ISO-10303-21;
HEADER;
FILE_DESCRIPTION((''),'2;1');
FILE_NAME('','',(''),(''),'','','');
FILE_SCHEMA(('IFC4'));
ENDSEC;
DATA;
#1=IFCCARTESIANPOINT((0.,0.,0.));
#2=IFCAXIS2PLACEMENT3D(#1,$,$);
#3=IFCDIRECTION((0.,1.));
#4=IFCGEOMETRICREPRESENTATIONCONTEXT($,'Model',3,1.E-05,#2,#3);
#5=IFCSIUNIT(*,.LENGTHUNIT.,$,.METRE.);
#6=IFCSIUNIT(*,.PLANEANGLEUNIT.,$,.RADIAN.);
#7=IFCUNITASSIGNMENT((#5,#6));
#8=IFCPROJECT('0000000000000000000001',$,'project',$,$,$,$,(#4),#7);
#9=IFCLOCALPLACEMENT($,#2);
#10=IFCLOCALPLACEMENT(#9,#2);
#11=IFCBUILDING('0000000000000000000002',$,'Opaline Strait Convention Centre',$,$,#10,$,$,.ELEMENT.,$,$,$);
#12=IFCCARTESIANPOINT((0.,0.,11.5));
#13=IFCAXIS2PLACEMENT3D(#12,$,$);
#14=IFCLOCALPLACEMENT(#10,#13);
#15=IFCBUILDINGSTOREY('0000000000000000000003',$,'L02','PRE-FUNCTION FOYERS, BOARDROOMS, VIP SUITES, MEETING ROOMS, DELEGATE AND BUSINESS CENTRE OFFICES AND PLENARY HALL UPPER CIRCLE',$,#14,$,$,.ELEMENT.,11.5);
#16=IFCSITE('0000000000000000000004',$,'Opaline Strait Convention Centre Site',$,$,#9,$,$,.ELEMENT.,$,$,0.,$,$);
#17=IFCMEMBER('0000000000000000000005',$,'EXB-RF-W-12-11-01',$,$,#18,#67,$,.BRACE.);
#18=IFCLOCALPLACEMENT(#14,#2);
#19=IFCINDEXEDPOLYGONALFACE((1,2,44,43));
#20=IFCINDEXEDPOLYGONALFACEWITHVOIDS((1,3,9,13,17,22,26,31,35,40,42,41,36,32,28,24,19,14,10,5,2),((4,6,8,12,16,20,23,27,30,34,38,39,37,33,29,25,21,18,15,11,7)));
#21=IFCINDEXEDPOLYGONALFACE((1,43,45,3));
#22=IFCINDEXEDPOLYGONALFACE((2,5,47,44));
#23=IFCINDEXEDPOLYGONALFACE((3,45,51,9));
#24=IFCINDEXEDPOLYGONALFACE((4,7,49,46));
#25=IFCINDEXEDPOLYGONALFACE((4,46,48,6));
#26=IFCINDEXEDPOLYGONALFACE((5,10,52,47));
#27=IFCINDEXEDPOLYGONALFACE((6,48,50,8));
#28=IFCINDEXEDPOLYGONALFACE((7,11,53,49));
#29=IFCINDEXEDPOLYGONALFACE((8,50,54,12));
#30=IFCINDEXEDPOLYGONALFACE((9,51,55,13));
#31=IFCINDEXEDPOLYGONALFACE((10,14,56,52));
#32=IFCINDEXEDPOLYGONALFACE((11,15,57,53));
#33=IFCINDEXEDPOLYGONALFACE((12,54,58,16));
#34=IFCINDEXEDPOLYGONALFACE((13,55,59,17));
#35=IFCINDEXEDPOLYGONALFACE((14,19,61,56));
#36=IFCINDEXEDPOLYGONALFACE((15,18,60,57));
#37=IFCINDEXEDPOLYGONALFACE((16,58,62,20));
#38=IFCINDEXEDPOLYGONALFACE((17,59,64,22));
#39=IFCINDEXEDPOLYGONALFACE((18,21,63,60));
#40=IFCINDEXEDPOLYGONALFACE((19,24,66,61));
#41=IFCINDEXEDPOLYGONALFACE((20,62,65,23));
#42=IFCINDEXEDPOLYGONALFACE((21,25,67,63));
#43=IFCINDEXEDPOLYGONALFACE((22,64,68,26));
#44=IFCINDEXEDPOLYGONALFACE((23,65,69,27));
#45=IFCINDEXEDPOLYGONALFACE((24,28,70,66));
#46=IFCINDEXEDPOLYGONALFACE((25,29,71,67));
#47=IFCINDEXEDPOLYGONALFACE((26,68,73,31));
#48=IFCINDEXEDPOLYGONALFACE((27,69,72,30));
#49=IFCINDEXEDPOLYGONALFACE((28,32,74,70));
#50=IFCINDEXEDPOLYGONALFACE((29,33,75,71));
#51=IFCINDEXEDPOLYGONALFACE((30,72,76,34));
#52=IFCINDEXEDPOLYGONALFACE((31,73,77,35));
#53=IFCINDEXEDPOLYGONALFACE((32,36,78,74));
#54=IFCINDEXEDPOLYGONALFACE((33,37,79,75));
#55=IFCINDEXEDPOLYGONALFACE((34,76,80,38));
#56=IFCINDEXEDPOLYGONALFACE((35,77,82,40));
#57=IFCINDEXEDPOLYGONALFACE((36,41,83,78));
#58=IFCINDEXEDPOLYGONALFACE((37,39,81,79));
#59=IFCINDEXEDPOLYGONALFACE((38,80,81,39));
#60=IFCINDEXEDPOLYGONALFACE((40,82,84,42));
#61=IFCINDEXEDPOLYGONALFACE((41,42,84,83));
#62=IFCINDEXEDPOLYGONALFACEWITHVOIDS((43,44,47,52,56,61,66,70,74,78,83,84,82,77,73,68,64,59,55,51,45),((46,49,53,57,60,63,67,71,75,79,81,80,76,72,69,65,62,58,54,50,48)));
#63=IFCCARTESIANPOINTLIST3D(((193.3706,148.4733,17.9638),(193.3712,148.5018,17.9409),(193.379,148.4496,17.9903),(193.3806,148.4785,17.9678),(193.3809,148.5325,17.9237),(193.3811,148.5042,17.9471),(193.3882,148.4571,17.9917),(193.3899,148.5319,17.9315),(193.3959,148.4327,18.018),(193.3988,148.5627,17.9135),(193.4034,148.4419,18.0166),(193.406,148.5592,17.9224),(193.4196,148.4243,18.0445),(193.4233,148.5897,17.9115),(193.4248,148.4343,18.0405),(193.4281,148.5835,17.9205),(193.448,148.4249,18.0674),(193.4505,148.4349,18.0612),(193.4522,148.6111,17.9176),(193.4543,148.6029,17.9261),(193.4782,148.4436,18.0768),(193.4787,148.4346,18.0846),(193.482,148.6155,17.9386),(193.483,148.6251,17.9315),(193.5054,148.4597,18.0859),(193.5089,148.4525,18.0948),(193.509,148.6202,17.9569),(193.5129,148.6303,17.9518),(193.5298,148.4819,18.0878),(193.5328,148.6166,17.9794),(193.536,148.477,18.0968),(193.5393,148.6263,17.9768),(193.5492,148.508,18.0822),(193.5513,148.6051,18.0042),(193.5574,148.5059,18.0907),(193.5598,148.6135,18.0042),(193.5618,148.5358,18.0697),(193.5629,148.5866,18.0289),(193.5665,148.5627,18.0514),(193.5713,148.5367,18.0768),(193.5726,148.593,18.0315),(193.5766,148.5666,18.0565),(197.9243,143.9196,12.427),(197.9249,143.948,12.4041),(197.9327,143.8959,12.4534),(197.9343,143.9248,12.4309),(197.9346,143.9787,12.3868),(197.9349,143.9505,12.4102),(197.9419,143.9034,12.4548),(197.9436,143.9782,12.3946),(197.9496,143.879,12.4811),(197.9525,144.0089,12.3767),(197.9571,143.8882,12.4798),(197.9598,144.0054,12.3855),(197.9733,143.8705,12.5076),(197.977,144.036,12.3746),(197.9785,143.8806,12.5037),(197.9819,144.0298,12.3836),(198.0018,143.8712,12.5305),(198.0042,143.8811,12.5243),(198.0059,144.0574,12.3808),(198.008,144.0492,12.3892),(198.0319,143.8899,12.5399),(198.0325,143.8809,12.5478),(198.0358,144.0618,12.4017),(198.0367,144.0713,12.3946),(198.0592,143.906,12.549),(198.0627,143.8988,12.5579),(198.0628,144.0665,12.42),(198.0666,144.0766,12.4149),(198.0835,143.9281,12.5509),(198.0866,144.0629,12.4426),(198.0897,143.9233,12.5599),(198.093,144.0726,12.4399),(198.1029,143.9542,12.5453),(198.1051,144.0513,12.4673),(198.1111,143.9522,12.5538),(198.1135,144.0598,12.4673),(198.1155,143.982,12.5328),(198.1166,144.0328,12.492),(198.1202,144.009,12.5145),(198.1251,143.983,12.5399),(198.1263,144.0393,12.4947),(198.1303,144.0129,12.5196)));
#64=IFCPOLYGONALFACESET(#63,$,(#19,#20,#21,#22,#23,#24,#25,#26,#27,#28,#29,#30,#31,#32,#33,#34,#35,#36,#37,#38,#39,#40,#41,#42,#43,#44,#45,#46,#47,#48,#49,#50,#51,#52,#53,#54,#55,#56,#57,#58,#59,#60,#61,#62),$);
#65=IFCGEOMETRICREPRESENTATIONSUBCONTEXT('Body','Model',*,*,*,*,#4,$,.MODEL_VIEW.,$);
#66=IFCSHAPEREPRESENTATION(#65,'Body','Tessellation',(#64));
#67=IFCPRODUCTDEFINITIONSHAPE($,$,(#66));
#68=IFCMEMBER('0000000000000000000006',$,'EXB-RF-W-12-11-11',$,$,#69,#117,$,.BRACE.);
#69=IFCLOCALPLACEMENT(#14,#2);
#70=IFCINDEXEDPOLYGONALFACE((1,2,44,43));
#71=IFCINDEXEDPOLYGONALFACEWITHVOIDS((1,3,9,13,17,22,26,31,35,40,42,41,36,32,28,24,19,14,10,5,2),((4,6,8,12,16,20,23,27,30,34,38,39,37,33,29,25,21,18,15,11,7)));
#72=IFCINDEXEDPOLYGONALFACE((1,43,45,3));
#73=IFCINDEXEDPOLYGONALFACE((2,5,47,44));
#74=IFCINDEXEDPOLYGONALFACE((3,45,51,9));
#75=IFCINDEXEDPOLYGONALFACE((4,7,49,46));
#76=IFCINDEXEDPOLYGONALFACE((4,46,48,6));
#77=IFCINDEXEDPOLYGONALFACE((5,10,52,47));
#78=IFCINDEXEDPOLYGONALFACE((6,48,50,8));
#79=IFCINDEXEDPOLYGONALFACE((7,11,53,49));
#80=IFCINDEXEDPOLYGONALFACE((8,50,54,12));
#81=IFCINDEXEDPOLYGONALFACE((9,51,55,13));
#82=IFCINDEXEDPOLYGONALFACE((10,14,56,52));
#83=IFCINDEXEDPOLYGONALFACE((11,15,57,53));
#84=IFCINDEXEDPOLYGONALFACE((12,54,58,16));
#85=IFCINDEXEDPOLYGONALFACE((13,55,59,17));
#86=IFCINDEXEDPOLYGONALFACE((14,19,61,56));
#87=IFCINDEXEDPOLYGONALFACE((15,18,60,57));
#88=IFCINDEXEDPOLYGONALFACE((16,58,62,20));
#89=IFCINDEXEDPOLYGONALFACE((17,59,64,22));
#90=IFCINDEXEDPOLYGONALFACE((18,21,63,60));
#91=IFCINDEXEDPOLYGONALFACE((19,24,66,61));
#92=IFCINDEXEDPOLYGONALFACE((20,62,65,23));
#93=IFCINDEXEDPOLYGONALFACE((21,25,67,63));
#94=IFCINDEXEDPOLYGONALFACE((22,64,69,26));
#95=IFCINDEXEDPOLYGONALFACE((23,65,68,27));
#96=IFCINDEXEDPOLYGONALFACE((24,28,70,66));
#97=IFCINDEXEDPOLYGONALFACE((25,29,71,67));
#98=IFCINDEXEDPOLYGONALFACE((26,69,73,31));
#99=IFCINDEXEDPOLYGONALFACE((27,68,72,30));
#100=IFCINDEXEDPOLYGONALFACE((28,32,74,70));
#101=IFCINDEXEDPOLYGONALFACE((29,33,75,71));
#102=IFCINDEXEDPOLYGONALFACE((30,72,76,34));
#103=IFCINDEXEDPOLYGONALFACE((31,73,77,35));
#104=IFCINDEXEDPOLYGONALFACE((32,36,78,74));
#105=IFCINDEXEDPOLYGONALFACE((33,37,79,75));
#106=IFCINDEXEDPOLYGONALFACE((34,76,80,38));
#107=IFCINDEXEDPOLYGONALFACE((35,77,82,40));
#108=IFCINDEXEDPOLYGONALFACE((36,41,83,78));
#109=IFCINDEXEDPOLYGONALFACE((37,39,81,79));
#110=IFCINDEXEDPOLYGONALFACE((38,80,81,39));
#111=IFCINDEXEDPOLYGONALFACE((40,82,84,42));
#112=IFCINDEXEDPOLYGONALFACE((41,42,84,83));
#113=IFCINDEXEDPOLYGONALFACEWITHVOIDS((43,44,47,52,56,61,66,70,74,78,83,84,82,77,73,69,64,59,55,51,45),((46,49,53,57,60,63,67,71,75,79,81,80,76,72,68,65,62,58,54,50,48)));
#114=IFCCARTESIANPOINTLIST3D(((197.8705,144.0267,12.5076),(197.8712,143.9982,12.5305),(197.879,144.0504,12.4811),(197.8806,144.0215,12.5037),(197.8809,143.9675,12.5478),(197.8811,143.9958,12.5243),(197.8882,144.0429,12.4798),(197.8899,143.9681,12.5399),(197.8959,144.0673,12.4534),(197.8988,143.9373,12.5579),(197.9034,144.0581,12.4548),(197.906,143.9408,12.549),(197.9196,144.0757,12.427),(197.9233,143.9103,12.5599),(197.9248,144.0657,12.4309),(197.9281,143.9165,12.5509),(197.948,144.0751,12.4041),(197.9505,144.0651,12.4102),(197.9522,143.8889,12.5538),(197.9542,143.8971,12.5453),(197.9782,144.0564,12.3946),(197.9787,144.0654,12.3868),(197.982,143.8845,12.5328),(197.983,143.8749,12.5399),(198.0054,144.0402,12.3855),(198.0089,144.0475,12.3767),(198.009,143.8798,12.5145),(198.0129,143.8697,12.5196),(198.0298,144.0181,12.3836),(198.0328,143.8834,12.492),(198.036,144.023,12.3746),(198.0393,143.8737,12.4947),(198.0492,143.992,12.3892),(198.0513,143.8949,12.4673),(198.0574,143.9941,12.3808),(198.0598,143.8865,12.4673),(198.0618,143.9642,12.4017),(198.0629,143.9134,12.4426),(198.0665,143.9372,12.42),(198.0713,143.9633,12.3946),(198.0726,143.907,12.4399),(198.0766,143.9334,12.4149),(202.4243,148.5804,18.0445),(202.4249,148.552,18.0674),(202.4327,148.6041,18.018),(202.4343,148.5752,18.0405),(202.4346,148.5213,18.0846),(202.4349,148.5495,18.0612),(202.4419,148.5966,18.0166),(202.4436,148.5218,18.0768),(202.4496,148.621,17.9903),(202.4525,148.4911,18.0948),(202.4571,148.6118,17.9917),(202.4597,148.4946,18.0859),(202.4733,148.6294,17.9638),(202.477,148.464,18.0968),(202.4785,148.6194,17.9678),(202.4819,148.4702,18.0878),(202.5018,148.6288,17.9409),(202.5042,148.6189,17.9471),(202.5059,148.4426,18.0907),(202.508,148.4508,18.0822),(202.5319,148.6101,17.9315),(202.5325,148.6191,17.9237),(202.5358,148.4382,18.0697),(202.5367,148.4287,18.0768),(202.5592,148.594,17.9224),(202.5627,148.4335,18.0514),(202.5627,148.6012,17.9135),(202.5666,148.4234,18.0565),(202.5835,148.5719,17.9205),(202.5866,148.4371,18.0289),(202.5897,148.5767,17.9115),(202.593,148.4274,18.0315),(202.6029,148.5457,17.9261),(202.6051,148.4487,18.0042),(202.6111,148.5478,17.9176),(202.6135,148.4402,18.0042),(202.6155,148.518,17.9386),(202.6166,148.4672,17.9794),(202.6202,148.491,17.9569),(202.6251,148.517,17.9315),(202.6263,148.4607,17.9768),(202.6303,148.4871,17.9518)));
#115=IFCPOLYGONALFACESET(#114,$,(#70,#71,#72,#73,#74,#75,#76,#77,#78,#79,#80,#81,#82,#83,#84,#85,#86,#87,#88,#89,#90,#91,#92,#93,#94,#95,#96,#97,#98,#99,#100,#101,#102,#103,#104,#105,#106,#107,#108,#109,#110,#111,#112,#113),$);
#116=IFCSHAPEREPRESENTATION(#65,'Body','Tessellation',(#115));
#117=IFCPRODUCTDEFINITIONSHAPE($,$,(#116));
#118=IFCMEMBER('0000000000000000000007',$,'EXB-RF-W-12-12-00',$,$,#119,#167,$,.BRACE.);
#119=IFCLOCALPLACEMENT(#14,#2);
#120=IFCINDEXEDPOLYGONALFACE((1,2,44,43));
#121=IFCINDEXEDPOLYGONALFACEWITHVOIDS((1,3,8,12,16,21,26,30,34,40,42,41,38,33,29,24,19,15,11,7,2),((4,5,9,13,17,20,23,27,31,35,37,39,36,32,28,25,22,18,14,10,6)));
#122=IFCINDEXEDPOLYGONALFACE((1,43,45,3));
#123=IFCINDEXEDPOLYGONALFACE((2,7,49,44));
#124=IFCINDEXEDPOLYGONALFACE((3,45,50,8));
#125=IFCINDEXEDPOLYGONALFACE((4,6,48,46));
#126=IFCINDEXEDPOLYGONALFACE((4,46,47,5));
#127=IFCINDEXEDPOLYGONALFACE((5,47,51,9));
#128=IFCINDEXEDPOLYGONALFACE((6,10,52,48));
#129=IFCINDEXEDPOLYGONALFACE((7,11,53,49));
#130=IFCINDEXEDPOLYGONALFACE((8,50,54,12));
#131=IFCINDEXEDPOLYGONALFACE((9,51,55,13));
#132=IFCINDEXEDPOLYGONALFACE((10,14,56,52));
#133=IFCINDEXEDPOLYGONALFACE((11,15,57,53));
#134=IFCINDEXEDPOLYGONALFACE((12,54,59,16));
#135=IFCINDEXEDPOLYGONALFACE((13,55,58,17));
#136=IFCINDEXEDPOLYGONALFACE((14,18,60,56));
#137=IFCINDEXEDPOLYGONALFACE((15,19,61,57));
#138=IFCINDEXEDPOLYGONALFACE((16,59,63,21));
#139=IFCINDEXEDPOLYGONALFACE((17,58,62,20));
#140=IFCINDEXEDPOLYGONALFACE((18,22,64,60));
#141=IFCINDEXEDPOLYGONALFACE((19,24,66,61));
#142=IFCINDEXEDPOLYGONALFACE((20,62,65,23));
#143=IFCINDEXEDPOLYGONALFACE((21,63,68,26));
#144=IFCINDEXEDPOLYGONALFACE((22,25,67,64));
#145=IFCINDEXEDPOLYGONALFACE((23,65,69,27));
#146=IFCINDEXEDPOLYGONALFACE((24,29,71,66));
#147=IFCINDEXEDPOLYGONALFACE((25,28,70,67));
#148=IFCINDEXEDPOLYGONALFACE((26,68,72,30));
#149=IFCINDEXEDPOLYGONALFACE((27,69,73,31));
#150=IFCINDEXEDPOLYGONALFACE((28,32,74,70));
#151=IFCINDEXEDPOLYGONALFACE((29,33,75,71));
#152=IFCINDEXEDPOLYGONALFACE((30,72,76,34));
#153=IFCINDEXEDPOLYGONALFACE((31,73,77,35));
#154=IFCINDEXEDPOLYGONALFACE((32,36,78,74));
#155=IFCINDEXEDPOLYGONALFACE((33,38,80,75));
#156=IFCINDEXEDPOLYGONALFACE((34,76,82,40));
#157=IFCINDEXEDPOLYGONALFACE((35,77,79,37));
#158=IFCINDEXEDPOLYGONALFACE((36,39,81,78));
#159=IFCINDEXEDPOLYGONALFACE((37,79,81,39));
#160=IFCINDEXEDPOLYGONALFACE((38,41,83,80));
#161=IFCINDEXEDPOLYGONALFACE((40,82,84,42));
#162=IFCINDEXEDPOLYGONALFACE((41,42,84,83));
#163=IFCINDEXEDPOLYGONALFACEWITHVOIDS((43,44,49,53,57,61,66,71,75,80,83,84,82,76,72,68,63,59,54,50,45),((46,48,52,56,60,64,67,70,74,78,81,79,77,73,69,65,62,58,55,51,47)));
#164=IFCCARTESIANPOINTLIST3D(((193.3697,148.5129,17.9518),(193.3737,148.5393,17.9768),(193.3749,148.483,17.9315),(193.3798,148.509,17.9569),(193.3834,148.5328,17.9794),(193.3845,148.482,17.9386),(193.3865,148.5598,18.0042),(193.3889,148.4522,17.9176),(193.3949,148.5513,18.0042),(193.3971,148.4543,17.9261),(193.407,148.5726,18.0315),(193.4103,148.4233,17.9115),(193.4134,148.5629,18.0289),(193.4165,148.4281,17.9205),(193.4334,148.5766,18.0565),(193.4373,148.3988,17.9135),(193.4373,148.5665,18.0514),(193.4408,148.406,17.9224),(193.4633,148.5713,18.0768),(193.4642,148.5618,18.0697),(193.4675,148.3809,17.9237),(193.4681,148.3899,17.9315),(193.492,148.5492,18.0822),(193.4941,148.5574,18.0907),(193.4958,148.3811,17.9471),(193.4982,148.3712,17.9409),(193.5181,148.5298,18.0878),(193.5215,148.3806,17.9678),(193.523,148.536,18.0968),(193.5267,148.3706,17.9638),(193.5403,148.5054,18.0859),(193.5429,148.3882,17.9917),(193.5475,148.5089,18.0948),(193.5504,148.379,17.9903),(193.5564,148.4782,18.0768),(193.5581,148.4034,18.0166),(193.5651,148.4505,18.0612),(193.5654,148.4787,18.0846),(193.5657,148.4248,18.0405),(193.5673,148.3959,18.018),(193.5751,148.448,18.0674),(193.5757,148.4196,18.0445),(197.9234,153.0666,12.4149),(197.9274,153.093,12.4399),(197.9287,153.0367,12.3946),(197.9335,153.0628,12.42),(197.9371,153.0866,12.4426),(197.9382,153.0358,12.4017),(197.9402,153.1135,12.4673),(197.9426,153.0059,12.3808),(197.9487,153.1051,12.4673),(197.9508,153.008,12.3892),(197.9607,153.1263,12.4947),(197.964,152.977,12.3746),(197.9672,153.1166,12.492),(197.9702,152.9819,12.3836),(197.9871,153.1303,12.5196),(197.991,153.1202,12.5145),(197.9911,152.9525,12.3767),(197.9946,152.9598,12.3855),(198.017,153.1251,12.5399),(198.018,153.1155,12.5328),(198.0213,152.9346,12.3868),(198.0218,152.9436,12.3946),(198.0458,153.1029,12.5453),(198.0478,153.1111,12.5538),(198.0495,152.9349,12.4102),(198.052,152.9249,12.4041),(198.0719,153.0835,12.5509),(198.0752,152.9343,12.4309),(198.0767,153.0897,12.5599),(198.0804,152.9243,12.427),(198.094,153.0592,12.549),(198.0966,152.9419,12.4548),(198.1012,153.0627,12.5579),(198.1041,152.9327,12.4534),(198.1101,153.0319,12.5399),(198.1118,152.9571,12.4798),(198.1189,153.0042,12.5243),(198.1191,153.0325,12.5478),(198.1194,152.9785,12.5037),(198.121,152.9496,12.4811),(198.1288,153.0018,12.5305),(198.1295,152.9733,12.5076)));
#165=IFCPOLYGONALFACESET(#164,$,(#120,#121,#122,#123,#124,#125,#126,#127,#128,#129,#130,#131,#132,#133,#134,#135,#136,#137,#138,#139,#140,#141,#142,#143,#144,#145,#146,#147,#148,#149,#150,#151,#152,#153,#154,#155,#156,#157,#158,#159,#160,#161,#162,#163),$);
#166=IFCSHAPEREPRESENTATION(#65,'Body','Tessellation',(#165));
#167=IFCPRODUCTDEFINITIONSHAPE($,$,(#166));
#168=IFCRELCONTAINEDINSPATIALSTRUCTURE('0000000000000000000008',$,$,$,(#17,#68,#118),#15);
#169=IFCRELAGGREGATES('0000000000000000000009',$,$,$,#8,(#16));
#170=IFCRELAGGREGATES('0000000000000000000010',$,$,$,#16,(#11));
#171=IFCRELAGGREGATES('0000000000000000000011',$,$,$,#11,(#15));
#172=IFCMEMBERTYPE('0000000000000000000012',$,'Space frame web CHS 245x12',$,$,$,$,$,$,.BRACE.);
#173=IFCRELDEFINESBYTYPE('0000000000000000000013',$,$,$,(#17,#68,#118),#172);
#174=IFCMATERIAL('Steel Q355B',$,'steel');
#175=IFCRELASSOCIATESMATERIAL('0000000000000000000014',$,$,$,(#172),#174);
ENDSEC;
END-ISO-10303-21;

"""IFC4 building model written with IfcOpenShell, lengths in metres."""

from ifc_helpers import new_model, si_unit, direction, frame, origin, origin_2d, place, context, subcontext, project, spatial, hollow_circle, extrude, material, material_profile, profile_set, type_object, element, save


model = new_model("IFC4")

# Units and contexts
model_context = context("Model", 3, precision=1e-05, world=origin(), true_north=direction((0.0, 1.0)))
body_context = subcontext(model_context, "Body", "Model", "MODEL_VIEW")
ifc_project = project(units=[si_unit("LENGTHUNIT", "METRE"), si_unit("PLANEANGLEUNIT", "RADIAN")], contexts=[model_context])

# Site, building, storey
site_placement = place(None, origin())
site = spatial("IfcSite", under=ifc_project, at=site_placement, Name="Opaline Strait Convention Centre Site", CompositionType="ELEMENT", RefElevation=0.0)
building_placement = place(site_placement, origin())
building = spatial("IfcBuilding", under=site, at=building_placement, Name="Opaline Strait Convention Centre", CompositionType="ELEMENT")
storey_placement = place(building_placement, frame((0.0, 0.0, 11.5)))
storey = spatial("IfcBuildingStorey", under=building, at=storey_placement, Name="L02", Description="PRE-FUNCTION FOYERS, BOARDROOMS, VIP SUITES, MEETING ROOMS, DELEGATE AND BUSINESS CENTRE OFFICES AND PLENARY HALL UPPER CIRCLE", CompositionType="ELEMENT", Elevation=11.5)

# Members
ifc_material_1 = material(Name="Steel Q355B", Category="steel")
ifc_material_profile_1 = material_profile(ifc_material_1, hollow_circle(Radius=0.1226, WallThickness=0.012, at=origin_2d()), Name="CHS 245x12")
ifc_profile_set_1 = profile_set([ifc_material_profile_1], Name="Steel Q355B")
member_type_1 = type_object("IfcMemberType", Name="Space frame web CHS 245x12", PredefinedType="BRACE", material=ifc_profile_set_1)
for number, where, z_axis, x_axis, name in (
    (1, (193.4731, 148.5269, 18.0042), (0.536178, -0.536178, -0.65194), (0.707107, 0.707107, 0.0), "EXB-RF-W-12-11-01"),
    (2, (202.5269, 148.5269, 18.0042), (-0.536178, -0.536178, -0.65194), (0.707107, -0.707107, 0.0), "EXB-RF-W-12-11-11"),
    (3, (193.4731, 148.4731, 18.0042), (0.536178, 0.536178, -0.65194), (-0.707107, 0.707107, 0.0), "EXB-RF-W-12-12-00"),
):
    element("IfcMember", number, at=place(storey_placement, frame(where, z_axis=z_axis, x_axis=x_axis)), inside=storey, type_object=member_type_1, Name=name, PredefinedType="BRACE", context=body_context, shape_type="SweptSolid", body=[
        extrude(hollow_circle(Radius=0.1226, WallThickness=0.012, at=origin_2d()), origin(), (0.0, 0.0, 1.0), 8.4929),
    ])

save(model, "model.ifc")
